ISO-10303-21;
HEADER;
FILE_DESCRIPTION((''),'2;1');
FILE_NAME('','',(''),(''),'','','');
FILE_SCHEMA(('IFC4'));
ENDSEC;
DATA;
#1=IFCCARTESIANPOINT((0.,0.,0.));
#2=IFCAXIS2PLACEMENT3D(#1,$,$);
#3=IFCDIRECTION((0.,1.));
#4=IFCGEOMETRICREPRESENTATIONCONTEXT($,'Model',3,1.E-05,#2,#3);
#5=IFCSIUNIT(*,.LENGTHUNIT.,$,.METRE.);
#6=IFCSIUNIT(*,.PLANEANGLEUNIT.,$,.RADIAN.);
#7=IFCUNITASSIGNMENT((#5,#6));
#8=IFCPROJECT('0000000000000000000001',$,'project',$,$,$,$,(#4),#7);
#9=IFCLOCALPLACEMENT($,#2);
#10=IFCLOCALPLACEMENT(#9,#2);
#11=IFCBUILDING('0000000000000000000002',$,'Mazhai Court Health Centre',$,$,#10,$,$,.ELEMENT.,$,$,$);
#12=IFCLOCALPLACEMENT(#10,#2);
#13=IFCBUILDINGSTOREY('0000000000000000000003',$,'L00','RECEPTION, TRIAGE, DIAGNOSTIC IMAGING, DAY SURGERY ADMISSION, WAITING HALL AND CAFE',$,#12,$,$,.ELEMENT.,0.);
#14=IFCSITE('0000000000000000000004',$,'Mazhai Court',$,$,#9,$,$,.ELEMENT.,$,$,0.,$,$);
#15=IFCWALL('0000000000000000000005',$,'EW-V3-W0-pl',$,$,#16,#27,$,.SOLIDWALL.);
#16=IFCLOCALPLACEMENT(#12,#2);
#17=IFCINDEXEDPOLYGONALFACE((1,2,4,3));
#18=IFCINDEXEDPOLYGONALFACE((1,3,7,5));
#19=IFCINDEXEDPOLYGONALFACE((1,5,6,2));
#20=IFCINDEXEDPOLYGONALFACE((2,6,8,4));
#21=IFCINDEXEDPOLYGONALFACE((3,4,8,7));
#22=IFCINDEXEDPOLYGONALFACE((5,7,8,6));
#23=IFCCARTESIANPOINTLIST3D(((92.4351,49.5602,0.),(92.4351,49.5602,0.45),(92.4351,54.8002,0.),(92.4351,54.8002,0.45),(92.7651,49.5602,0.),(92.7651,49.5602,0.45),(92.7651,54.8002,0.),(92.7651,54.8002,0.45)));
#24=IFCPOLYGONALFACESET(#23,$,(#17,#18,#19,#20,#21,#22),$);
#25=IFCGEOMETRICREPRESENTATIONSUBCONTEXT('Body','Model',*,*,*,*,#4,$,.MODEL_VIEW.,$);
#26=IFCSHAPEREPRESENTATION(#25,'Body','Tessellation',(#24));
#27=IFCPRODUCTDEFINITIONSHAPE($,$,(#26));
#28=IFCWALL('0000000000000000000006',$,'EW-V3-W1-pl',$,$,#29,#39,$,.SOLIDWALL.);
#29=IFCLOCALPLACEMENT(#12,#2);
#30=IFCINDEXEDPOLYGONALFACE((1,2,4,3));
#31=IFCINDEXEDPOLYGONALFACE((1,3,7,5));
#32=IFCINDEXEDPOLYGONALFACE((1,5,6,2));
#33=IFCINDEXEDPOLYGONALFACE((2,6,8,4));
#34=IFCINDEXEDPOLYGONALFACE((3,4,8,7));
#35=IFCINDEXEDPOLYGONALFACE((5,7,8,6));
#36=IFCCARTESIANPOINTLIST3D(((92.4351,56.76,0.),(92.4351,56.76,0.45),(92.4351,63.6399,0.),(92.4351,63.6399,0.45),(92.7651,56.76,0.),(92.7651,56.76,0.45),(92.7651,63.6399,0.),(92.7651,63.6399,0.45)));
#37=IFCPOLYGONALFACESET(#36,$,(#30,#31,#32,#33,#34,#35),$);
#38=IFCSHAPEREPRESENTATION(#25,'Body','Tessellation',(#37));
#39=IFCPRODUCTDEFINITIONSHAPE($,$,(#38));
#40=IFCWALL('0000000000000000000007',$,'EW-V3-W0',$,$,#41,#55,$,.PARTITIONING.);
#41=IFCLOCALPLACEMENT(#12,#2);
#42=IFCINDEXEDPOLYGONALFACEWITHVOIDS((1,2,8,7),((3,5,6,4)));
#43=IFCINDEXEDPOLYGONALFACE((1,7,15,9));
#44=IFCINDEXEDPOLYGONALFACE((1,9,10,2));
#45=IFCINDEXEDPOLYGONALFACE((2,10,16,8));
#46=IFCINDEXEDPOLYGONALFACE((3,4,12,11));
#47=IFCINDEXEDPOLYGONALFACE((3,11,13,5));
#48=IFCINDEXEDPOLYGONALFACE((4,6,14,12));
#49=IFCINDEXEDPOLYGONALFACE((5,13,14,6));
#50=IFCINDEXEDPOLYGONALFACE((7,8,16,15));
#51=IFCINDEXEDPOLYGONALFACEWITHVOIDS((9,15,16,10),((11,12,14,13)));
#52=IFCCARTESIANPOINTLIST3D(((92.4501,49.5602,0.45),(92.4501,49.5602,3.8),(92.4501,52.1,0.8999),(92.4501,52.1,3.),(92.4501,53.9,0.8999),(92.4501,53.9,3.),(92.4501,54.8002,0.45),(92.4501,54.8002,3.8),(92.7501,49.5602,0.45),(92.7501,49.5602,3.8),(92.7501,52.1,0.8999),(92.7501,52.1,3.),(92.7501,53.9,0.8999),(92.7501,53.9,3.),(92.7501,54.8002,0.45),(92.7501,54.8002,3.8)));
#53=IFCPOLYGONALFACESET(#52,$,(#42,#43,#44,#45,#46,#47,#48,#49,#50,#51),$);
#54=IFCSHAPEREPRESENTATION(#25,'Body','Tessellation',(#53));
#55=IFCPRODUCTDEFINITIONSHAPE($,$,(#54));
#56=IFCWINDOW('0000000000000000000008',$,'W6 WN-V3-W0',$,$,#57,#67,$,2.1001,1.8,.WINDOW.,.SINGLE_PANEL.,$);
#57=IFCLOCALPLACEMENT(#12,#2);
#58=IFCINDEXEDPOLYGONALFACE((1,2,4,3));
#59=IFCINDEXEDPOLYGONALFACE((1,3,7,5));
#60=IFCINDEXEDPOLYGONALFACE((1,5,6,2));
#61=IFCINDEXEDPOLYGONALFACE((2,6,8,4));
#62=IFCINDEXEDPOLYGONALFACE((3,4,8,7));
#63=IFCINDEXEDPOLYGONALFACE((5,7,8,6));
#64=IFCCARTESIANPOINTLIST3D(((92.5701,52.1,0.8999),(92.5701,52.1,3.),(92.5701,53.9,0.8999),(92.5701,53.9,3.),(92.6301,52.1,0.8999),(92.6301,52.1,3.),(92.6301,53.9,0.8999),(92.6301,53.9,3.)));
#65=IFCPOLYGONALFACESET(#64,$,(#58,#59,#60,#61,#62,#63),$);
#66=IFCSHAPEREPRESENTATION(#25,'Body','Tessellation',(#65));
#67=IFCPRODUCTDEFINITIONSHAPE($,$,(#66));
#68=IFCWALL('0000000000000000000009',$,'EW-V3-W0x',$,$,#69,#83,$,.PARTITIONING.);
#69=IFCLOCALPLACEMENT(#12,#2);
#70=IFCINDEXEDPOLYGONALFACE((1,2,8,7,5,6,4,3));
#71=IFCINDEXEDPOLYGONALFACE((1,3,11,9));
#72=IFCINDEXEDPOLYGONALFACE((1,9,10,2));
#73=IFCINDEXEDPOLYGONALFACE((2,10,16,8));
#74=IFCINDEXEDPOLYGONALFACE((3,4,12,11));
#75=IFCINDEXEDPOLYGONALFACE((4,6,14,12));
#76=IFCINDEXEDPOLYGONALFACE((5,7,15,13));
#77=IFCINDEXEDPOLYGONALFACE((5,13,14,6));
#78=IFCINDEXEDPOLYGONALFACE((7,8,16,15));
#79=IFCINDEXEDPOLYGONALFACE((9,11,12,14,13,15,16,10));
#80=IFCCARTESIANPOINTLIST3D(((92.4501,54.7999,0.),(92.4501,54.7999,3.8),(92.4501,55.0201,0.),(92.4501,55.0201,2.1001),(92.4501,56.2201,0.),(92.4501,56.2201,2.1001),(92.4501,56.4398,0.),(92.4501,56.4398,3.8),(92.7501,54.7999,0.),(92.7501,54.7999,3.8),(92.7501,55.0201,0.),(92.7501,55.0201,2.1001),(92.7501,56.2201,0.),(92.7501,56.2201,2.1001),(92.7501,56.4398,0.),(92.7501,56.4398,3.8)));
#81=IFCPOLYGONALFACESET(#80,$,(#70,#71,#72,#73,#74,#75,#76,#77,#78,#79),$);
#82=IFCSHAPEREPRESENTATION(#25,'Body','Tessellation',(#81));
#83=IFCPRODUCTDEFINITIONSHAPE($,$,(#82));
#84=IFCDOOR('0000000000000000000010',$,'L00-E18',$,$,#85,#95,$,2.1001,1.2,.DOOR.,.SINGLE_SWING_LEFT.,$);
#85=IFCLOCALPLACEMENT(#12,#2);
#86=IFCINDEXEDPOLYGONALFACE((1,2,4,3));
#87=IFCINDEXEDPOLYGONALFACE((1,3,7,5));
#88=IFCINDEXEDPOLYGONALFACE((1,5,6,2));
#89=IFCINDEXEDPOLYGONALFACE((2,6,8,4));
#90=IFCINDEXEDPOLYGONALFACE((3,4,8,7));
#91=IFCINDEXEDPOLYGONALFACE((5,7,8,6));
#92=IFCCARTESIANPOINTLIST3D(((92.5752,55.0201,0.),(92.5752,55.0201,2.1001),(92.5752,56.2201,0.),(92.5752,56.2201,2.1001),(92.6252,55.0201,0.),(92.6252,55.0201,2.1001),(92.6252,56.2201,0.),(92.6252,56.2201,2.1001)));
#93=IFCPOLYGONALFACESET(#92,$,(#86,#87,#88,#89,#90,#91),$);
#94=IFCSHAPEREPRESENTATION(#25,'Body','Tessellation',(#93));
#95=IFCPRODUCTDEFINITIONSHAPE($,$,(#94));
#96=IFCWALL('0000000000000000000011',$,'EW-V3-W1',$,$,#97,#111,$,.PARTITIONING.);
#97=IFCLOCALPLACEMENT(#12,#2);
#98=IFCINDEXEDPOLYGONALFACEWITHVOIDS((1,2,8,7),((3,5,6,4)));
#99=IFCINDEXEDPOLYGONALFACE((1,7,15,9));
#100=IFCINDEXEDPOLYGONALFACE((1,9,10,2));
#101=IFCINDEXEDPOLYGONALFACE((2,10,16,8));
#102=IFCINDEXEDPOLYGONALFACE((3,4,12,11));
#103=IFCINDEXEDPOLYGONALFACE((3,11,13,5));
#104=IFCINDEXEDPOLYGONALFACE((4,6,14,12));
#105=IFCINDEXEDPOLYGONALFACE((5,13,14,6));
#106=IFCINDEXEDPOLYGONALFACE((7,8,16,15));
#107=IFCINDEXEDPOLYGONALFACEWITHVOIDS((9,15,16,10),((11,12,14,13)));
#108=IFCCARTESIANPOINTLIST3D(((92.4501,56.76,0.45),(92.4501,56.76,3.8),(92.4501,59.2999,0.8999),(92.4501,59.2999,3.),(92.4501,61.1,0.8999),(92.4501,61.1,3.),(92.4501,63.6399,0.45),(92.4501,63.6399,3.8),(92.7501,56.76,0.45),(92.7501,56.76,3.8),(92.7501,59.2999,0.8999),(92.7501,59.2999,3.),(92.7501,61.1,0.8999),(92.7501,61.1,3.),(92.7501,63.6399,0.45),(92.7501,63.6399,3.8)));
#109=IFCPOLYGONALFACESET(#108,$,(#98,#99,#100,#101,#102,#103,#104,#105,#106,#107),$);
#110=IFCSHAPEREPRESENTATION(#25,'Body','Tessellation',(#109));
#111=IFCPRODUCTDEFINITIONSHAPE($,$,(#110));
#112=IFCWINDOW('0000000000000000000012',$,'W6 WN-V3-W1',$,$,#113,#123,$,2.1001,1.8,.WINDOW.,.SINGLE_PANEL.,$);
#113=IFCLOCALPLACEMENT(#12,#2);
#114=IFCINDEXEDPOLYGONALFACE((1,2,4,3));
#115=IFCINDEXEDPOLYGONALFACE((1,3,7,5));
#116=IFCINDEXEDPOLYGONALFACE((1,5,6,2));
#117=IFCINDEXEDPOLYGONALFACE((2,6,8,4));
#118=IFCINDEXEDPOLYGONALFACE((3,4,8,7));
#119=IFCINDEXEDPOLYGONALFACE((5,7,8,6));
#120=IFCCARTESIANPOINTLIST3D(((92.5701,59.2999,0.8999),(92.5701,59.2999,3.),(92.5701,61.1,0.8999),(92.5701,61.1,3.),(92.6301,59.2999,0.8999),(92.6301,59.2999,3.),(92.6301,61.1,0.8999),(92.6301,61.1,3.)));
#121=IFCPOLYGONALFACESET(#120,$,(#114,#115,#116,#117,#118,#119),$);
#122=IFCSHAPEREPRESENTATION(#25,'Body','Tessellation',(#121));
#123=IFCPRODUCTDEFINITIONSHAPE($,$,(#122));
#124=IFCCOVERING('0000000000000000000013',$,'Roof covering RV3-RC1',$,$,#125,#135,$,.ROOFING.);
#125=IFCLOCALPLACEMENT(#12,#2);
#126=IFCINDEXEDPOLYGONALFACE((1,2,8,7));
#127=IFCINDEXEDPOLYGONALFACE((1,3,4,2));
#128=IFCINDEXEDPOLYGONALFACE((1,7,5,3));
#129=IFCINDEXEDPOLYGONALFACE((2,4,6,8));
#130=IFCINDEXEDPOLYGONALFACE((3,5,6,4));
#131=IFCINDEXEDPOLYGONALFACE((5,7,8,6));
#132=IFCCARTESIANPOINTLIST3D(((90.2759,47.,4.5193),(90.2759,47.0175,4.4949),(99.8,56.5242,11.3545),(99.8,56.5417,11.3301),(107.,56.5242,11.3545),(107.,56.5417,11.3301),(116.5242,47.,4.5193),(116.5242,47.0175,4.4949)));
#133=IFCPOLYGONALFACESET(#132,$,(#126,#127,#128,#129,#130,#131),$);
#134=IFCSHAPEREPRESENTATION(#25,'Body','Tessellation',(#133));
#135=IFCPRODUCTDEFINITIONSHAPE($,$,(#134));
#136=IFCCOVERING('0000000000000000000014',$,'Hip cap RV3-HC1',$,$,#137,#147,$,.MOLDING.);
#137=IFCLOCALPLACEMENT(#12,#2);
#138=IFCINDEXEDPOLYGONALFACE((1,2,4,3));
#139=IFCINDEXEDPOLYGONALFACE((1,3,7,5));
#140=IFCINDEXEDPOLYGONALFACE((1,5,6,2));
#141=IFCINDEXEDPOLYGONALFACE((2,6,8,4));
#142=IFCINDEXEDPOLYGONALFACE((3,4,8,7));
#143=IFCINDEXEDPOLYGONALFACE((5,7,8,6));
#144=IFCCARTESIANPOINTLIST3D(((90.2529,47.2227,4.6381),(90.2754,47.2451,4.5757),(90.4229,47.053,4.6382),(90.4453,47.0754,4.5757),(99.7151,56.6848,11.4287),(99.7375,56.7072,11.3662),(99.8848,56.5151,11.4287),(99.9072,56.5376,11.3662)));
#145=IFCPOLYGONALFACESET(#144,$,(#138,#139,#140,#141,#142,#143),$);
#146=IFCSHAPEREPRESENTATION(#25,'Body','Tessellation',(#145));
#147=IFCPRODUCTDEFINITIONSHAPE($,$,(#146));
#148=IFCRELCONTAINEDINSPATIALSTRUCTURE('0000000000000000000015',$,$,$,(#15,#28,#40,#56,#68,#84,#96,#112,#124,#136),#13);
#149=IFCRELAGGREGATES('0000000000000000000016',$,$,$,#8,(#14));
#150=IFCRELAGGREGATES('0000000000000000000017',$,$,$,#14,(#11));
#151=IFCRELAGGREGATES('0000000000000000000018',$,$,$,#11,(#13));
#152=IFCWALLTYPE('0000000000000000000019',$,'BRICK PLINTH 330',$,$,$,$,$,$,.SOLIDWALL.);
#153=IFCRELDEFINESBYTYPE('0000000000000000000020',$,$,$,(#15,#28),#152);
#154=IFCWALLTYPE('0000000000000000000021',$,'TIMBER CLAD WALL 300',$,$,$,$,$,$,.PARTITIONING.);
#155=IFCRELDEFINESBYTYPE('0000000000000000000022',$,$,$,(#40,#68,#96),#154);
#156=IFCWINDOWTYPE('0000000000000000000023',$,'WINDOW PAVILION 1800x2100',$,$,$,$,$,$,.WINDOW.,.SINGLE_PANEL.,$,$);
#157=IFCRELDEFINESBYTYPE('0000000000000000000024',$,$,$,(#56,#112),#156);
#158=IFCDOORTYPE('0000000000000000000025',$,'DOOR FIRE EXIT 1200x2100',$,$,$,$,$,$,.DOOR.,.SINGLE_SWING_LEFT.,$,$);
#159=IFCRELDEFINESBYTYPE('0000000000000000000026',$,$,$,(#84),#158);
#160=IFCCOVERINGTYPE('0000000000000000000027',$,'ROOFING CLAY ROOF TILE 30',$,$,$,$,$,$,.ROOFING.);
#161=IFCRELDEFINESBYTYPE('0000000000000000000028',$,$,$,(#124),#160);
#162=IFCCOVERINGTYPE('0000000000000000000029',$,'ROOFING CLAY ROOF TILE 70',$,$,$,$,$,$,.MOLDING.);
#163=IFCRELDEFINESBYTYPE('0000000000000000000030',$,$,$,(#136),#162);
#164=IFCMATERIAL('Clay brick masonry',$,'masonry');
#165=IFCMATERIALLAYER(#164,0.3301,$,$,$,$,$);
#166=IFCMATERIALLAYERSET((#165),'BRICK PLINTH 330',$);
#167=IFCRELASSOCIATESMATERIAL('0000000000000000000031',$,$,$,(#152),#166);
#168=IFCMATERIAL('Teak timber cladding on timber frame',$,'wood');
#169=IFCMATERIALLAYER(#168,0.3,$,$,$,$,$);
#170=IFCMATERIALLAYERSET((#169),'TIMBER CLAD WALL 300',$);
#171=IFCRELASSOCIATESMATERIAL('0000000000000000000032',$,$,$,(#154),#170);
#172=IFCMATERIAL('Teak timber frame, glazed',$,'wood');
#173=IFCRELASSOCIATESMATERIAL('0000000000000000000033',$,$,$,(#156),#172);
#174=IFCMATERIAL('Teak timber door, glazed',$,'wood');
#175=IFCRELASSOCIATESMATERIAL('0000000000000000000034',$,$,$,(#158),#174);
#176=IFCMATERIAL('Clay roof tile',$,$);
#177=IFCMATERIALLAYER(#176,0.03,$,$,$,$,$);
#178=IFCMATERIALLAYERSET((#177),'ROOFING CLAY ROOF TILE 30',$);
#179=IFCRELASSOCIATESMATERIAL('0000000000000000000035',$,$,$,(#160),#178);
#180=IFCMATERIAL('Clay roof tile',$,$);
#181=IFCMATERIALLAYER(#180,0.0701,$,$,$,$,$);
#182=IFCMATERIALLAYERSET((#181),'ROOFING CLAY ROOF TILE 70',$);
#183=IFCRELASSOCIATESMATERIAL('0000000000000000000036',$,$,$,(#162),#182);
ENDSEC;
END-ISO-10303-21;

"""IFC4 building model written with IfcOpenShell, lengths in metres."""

from ifc_helpers import new_model, si_unit, direction, frame, frame_2d, origin, place, context, subcontext, project, spatial, polyline, rectangle, outline, extrude, material, layer, layer_set, type_object, element, fill, save


model = new_model("IFC4")

# Units and contexts
model_context = context("Model", 3, precision=1e-05, world=origin(), true_north=direction((0.0, 1.0)))
body_context = subcontext(model_context, "Body", "Model", "MODEL_VIEW")
ifc_project = project(units=[si_unit("LENGTHUNIT", "METRE"), si_unit("PLANEANGLEUNIT", "RADIAN")], contexts=[model_context])

# Site, building, storey
site_placement = place(None, origin())
site = spatial("IfcSite", under=ifc_project, at=site_placement, Name="Mazhai Court", CompositionType="ELEMENT", RefElevation=0.0)
building_placement = place(site_placement, origin())
building = spatial("IfcBuilding", under=site, at=building_placement, Name="Mazhai Court Health Centre", CompositionType="ELEMENT")
storey_placement = place(building_placement, origin())
storey = spatial("IfcBuildingStorey", under=building, at=storey_placement, Name="L00", Description="RECEPTION, TRIAGE, DIAGNOSTIC IMAGING, DAY SURGERY ADMISSION, WAITING HALL AND CAFE", CompositionType="ELEMENT", Elevation=0.0)

# Walls
ifc_material_1 = material(Name="Clay brick masonry", Category="masonry")
ifc_layer_1 = layer(ifc_material_1, 0.3301)
ifc_layer_set_1 = layer_set([ifc_layer_1], Name="BRICK PLINTH 330")
wall_type_1 = type_object("IfcWallType", Name="BRICK PLINTH 330", PredefinedType="SOLIDWALL", material=ifc_layer_set_1)
wall_1_placement = place(storey_placement, frame((92.6001, 49.5601, 0.0), z_axis=(0.0, 0.0, 1.0), x_axis=(0.0, 1.0, 0.0)))
element("IfcWall", 1, at=wall_1_placement, inside=storey, type_object=wall_type_1, Name="EW-V3-W0-pl", PredefinedType="SOLIDWALL", context=body_context, shape_type="SweptSolid", body=[
    extrude(rectangle(XDim=5.24, YDim=0.3301, at=frame_2d((2.6201, 0.0))), origin(), (0.0, 0.0, 1.0), 0.45),
])
wall_2_placement = place(storey_placement, frame((92.6001, 56.76, 0.0), z_axis=(0.0, 0.0, 1.0), x_axis=(0.0, 1.0, 0.0)))
element("IfcWall", 2, at=wall_2_placement, inside=storey, type_object=wall_type_1, Name="EW-V3-W1-pl", PredefinedType="SOLIDWALL", context=body_context, shape_type="SweptSolid", body=[
    extrude(rectangle(XDim=6.8799, YDim=0.3301, at=frame_2d((3.4399, 0.0))), origin(), (0.0, 0.0, 1.0), 0.45),
])

# Wall, opening, window
ifc_material_2 = material(Name="Teak timber cladding on timber frame", Category="wood")
ifc_layer_2 = layer(ifc_material_2, 0.3)
ifc_layer_set_2 = layer_set([ifc_layer_2], Name="TIMBER CLAD WALL 300")
wall_type_2 = type_object("IfcWallType", Name="TIMBER CLAD WALL 300", PredefinedType="PARTITIONING", material=ifc_layer_set_2)
wall_3_placement = place(storey_placement, frame((92.6001, 49.5601, 0.45), z_axis=(0.0, 0.0, 1.0), x_axis=(0.0, 1.0, 0.0)))
wall_3 = element("IfcWall", 3, at=wall_3_placement, inside=storey, type_object=wall_type_2, Name="EW-V3-W0", PredefinedType="PARTITIONING", context=body_context, shape_type="SweptSolid", body=[
    extrude(rectangle(XDim=5.24, YDim=0.3, at=frame_2d((2.6201, 0.0))), origin(), (0.0, 0.0, 1.0), 3.3501),
])
opening_1_placement = place(wall_3_placement, frame((2.54, 0.0, 0.45)))
opening_1 = element("IfcOpeningElement", 4, at=opening_1_placement, cuts=wall_3, PredefinedType="OPENING", context=body_context, shape_type="SweptSolid", body=[
    extrude(rectangle(XDim=1.8, YDim=2.1001, at=frame_2d((0.8999, 1.05))), frame((0.0, 0.1599, 0.0), z_axis=(0.0, -1.0, 0.0), x_axis=(1.0, 0.0, 0.0)), (0.0, 0.0, 1.0), 0.3201),
])
ifc_material_3 = material(Name="Teak timber frame, glazed", Category="wood")
window_type = type_object("IfcWindowType", Name="WINDOW PAVILION 1800x2100", PartitioningType="SINGLE_PANEL", PredefinedType="WINDOW", material=ifc_material_3)
window_1_placement = place(opening_1_placement, origin())
window_1 = element("IfcWindow", 5, at=window_1_placement, inside=storey, type_object=window_type, Name="W6 WN-V3-W0", OverallHeight=2.1001, OverallWidth=1.8, PartitioningType="SINGLE_PANEL", PredefinedType="WINDOW", context=body_context, shape_type="SweptSolid", body=[
    extrude(rectangle(XDim=1.8, YDim=2.1001, at=frame_2d((0.8999, 1.05))), frame((0.0, 0.03, 0.0), z_axis=(0.0, -1.0, 0.0), x_axis=(1.0, 0.0, 0.0)), (0.0, 0.0, 1.0), 0.0601),
])
fill(opening_1, window_1)

# Wall, opening, door
wall_4_placement = place(storey_placement, frame((92.6001, 54.8, 0.0), z_axis=(0.0, 0.0, 1.0), x_axis=(0.0, 1.0, 0.0)))
wall_4 = element("IfcWall", 6, at=wall_4_placement, inside=storey, type_object=wall_type_2, Name="EW-V3-W0x", PredefinedType="PARTITIONING", context=body_context, shape_type="SweptSolid", body=[
    extrude(rectangle(XDim=1.6399, YDim=0.3, at=frame_2d((0.8198, 0.0))), origin(), (0.0, 0.0, 1.0), 3.8),
])
opening_2_placement = place(wall_4_placement, frame((0.22, 0.0, 0.0)))
opening_2 = element("IfcOpeningElement", 7, at=opening_2_placement, cuts=wall_4, PredefinedType="OPENING", context=body_context, shape_type="SweptSolid", body=[
    extrude(rectangle(XDim=1.2, YDim=2.1001, at=frame_2d((0.6001, 1.05))), frame((0.0, 0.1599, 0.0), z_axis=(0.0, -1.0, 0.0), x_axis=(1.0, 0.0, 0.0)), (0.0, 0.0, 1.0), 0.3201),
])
ifc_material_4 = material(Name="Teak timber door, glazed", Category="wood")
door_type = type_object("IfcDoorType", Name="DOOR FIRE EXIT 1200x2100", OperationType="SINGLE_SWING_LEFT", PredefinedType="DOOR", material=ifc_material_4)
door_placement = place(opening_2_placement, origin())
door = element("IfcDoor", 8, at=door_placement, inside=storey, type_object=door_type, Name="L00-E18", OperationType="SINGLE_SWING_LEFT", OverallHeight=2.1001, OverallWidth=1.2, PredefinedType="DOOR", context=body_context, shape_type="SweptSolid", body=[
    extrude(rectangle(XDim=1.2, YDim=2.1001, at=frame_2d((0.6001, 1.05))), frame((0.0, 0.0249, 0.0), z_axis=(0.0, -1.0, 0.0), x_axis=(1.0, 0.0, 0.0)), (0.0, 0.0, 1.0), 0.05),
])
fill(opening_2, door)

# Wall, opening, window
wall_5_placement = place(storey_placement, frame((92.6001, 56.76, 0.45), z_axis=(0.0, 0.0, 1.0), x_axis=(0.0, 1.0, 0.0)))
wall_5 = element("IfcWall", 9, at=wall_5_placement, inside=storey, type_object=wall_type_2, Name="EW-V3-W1", PredefinedType="PARTITIONING", context=body_context, shape_type="SweptSolid", body=[
    extrude(rectangle(XDim=6.8799, YDim=0.3, at=frame_2d((3.4399, 0.0))), origin(), (0.0, 0.0, 1.0), 3.3501),
])
opening_3_placement = place(wall_5_placement, frame((2.54, 0.0, 0.45)))
opening_3 = element("IfcOpeningElement", 10, at=opening_3_placement, cuts=wall_5, PredefinedType="OPENING", context=body_context, shape_type="SweptSolid", body=[
    extrude(rectangle(XDim=1.8, YDim=2.1001, at=frame_2d((0.8999, 1.05))), frame((0.0, 0.1599, 0.0), z_axis=(0.0, -1.0, 0.0), x_axis=(1.0, 0.0, 0.0)), (0.0, 0.0, 1.0), 0.3201),
])
window_2_placement = place(opening_3_placement, origin())
window_2 = element("IfcWindow", 11, at=window_2_placement, inside=storey, type_object=window_type, Name="W6 WN-V3-W1", OverallHeight=2.1001, OverallWidth=1.8, PartitioningType="SINGLE_PANEL", PredefinedType="WINDOW", context=body_context, shape_type="SweptSolid", body=[
    extrude(rectangle(XDim=1.8, YDim=2.1001, at=frame_2d((0.8999, 1.05))), frame((0.0, 0.03, 0.0), z_axis=(0.0, -1.0, 0.0), x_axis=(1.0, 0.0, 0.0)), (0.0, 0.0, 1.0), 0.0601),
])
fill(opening_3, window_2)

# Coverings
ifc_material_5 = material(Name="Clay roof tile")
ifc_layer_3 = layer(ifc_material_5, 0.03)
ifc_layer_set_3 = layer_set([ifc_layer_3], Name="ROOFING CLAY ROOF TILE 30")
covering_type_1 = type_object("IfcCoveringType", Name="ROOFING CLAY ROOF TILE 30", PredefinedType="ROOFING", material=ifc_layer_set_3)
covering_1_placement = place(storey_placement, frame((90.2759, 47.0, 4.5193), z_axis=(0.0, -0.583057, 0.812431), x_axis=(1.0, 0.0, 0.0)))
element("IfcCovering", 12, at=covering_1_placement, inside=storey, type_object=covering_type_1, Name="Roof covering RV3-RC1", PredefinedType="ROOFING", context=body_context, shape_type="SweptSolid", body=[
    extrude(outline(polyline([(0.0, 0.0), (26.2483, 0.0), (16.7241, 11.723), (9.5242, 11.723), (0.0, 0.0)])), origin(), (0.0, 0.0, -1.0), 0.03),
])
ifc_material_6 = material(Name="Clay roof tile")
ifc_layer_4 = layer(ifc_material_6, 0.0701)
ifc_layer_set_4 = layer_set([ifc_layer_4], Name="ROOFING CLAY ROOF TILE 70")
covering_type_2 = type_object("IfcCoveringType", Name="ROOFING CLAY ROOF TILE 70", PredefinedType="MOLDING", material=ifc_layer_set_4)
covering_2_placement = place(storey_placement, frame((90.4229, 47.053, 4.6382), z_axis=(-0.31987, -0.3201, 0.891751), x_axis=(0.630555, 0.630571, 0.452527)))
element("IfcCovering", 13, at=covering_2_placement, inside=storey, type_object=covering_type_2, Name="Hip cap RV3-HC1", PredefinedType="MOLDING", context=body_context, shape_type="SweptSolid", body=[
    extrude(outline(polyline([(0.0, 0.0), (15.0057, 0.0), (15.0057, 0.24), (-0.0002, 0.2401), (0.0, 0.0)])), origin(), (0.0, 0.0, -1.0), 0.0701),
])

save(model, "model.ifc")
